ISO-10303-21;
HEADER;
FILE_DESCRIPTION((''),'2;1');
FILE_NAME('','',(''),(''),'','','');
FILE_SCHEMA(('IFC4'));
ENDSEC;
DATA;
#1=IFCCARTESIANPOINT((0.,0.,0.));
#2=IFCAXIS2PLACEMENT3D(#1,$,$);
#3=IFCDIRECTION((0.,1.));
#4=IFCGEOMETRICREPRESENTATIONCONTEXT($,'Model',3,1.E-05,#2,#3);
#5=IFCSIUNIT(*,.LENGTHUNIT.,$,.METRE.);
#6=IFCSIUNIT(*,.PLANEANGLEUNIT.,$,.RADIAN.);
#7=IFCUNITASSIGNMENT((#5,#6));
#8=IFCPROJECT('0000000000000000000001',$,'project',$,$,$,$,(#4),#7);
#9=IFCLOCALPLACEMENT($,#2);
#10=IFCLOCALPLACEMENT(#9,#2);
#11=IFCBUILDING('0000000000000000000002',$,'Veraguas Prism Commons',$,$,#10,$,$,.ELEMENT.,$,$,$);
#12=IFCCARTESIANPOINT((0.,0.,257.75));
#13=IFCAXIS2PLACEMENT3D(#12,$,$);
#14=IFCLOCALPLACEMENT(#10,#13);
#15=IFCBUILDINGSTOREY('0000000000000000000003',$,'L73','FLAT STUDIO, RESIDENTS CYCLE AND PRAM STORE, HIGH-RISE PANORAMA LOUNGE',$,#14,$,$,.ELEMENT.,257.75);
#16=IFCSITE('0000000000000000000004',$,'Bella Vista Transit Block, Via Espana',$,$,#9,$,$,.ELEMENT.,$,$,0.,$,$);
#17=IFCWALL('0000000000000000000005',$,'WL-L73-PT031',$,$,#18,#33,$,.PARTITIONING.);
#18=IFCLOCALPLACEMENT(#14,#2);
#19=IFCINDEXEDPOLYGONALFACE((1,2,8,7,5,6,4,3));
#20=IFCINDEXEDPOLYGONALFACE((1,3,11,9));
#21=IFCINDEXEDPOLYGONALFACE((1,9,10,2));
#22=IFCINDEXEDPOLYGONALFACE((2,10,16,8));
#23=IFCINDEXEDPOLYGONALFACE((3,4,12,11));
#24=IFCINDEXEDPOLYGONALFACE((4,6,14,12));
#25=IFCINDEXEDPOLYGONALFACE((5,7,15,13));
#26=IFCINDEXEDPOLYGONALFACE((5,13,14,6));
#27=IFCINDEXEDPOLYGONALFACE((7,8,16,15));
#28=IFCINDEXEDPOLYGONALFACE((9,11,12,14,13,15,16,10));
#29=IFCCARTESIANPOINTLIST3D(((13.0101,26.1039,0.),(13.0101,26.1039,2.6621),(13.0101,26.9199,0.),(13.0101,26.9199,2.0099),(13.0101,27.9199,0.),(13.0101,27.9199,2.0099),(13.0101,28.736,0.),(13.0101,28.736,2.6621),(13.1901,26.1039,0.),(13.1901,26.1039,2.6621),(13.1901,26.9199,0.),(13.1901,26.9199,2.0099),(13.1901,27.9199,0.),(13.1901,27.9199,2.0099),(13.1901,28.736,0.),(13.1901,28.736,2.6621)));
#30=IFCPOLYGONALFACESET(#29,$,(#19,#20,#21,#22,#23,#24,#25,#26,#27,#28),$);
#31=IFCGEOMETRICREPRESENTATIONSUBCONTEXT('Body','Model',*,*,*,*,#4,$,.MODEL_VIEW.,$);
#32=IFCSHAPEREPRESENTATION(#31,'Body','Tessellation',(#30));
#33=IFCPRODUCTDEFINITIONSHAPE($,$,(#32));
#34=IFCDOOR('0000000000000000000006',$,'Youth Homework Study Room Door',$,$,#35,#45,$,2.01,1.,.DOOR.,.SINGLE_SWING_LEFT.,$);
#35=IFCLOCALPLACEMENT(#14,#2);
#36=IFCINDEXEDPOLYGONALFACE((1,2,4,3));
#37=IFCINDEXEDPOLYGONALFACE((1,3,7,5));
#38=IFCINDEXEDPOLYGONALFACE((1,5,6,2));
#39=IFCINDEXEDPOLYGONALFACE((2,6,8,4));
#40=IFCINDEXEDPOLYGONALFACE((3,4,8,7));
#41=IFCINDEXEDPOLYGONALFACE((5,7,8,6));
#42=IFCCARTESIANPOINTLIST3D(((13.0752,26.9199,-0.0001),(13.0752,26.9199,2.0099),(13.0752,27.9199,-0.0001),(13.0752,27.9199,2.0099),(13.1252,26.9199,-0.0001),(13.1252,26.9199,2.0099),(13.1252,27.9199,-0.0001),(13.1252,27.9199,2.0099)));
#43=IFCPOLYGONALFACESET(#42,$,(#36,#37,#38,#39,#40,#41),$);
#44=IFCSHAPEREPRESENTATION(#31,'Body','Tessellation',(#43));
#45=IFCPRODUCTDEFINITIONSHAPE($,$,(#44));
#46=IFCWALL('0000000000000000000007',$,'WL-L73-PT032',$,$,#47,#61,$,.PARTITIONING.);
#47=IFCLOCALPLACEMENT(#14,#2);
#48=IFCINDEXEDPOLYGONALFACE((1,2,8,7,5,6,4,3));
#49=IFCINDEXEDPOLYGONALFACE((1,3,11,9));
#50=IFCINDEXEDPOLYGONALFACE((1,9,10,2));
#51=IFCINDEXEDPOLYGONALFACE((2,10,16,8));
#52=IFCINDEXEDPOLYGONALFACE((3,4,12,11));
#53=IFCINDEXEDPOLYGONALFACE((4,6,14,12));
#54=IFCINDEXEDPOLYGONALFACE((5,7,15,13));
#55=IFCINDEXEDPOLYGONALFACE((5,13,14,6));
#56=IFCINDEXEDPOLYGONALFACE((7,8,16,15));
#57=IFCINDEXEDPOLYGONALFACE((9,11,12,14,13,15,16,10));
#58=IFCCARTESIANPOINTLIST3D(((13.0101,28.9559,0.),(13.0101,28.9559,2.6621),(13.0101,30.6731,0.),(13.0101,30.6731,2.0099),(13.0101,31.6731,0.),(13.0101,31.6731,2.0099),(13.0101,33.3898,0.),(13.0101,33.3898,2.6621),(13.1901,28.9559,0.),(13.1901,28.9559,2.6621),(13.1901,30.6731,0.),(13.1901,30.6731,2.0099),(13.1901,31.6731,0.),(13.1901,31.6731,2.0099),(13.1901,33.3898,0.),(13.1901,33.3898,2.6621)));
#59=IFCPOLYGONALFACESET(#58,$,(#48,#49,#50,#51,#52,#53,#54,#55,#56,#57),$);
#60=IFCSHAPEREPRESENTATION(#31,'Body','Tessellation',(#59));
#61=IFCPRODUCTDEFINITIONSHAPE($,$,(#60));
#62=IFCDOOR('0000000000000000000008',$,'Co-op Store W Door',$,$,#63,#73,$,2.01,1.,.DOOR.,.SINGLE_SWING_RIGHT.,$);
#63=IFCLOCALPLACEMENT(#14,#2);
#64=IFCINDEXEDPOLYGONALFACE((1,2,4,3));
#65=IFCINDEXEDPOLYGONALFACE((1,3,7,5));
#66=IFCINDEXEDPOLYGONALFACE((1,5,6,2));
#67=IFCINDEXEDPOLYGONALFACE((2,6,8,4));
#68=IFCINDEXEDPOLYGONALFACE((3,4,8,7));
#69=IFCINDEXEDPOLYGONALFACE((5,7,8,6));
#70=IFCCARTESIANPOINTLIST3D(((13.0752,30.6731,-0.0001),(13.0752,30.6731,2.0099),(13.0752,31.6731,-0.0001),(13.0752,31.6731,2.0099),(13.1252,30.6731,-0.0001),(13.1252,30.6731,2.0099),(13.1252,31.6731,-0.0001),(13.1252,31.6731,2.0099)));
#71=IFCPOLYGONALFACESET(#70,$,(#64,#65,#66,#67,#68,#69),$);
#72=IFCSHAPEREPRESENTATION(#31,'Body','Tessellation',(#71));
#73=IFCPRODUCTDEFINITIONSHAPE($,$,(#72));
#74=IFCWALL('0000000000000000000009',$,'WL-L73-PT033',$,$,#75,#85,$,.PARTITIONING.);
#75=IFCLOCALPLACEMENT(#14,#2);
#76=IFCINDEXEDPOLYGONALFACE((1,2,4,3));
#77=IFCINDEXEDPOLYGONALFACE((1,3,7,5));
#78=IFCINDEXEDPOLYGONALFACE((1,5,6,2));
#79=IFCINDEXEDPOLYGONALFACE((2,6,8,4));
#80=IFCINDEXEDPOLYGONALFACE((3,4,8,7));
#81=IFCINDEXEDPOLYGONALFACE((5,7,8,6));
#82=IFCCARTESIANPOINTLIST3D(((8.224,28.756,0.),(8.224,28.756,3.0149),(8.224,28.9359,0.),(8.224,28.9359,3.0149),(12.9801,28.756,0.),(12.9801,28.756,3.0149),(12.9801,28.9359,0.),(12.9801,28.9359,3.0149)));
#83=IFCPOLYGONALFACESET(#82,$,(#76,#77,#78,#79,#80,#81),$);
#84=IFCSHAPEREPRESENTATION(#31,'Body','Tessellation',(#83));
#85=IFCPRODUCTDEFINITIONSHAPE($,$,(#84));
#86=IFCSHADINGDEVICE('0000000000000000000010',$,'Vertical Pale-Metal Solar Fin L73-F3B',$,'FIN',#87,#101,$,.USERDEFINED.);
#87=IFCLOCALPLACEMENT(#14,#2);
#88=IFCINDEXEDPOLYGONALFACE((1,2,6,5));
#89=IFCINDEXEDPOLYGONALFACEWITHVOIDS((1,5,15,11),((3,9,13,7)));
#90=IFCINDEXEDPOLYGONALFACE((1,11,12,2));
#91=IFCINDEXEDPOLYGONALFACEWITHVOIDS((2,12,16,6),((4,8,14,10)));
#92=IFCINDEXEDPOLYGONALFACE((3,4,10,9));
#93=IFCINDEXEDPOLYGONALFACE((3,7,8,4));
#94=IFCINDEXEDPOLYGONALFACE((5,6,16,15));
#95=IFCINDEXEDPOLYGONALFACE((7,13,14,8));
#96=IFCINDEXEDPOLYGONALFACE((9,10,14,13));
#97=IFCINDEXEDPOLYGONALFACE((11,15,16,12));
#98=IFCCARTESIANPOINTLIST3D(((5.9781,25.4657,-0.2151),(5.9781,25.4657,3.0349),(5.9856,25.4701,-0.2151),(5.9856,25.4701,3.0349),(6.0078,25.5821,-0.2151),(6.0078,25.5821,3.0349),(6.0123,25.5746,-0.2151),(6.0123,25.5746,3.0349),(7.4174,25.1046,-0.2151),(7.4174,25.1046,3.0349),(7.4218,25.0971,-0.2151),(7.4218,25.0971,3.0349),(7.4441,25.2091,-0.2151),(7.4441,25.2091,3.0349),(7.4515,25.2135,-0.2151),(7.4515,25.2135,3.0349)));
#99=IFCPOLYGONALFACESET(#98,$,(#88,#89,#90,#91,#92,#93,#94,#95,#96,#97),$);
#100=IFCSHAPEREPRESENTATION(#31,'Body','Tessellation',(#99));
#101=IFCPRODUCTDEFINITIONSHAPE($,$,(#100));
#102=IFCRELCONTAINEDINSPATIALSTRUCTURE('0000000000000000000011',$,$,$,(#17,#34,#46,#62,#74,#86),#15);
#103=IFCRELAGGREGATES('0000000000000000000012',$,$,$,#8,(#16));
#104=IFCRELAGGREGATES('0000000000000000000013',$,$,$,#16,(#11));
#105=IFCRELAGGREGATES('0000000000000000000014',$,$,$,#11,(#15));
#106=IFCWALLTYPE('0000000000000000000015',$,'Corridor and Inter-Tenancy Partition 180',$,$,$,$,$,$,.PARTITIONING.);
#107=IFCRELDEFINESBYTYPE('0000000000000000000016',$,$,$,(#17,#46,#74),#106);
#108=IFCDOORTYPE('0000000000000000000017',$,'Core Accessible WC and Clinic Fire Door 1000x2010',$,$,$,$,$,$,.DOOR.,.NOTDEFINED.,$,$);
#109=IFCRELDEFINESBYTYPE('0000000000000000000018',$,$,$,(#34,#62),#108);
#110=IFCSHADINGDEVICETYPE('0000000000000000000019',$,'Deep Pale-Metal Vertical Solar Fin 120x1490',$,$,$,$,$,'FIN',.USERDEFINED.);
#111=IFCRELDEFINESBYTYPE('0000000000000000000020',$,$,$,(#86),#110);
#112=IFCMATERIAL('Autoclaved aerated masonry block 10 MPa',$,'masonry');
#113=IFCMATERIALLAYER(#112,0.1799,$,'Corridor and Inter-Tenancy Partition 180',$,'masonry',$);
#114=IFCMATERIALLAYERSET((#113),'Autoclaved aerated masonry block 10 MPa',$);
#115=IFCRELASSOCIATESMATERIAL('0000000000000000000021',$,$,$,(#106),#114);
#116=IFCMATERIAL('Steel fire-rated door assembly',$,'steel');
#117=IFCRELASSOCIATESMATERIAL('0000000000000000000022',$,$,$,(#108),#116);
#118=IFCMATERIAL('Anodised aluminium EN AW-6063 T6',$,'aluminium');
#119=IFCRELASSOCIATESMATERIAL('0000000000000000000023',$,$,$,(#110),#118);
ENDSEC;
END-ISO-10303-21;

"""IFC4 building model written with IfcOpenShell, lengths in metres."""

from ifc_helpers import new_model, si_unit, direction, frame, frame_2d, origin, origin_2d, place, context, subcontext, project, spatial, rectangle, hollow_rectangle, extrude, source, transform, mapped, material, layer, layer_set, material_profile, profile_set, type_object, element, fill, save


model = new_model("IFC4")

# Units and contexts
model_context = context("Model", 3, precision=1e-05, world=origin(), true_north=direction((0.0, 1.0)))
body_context = subcontext(model_context, "Body", "Model", "MODEL_VIEW")
ifc_project = project(units=[si_unit("LENGTHUNIT", "METRE"), si_unit("PLANEANGLEUNIT", "RADIAN")], contexts=[model_context])

# Site, building, storey
site_placement = place(None, origin())
site = spatial("IfcSite", under=ifc_project, at=site_placement, Name="Bella Vista Transit Block, Via Espana", CompositionType="ELEMENT", RefElevation=0.0)
building_placement = place(site_placement, origin())
building = spatial("IfcBuilding", under=site, at=building_placement, Name="Veraguas Prism Commons", CompositionType="ELEMENT")
storey_placement = place(building_placement, frame((0.0, 0.0, 257.75)))
storey = spatial("IfcBuildingStorey", under=building, at=storey_placement, Name="L73", Description="FLAT STUDIO, RESIDENTS CYCLE AND PRAM STORE, HIGH-RISE PANORAMA LOUNGE", CompositionType="ELEMENT", Elevation=257.75)

# Shared definitions
ifc_material_1 = material(Name="Anodised aluminium EN AW-6063 T6", Category="aluminium")

# Shared definitions
ifc_material_2 = material(Name="Autoclaved aerated masonry block 10 MPa", Category="masonry")
ifc_layer_1 = layer(ifc_material_2, 0.1799, Name="Corridor and Inter-Tenancy Partition 180", Category="masonry")
ifc_layer_set_1 = layer_set([ifc_layer_1], Name="Autoclaved aerated masonry block 10 MPa")
wall_type = type_object("IfcWallType", Name="Corridor and Inter-Tenancy Partition 180", PredefinedType="PARTITIONING", material=ifc_layer_set_1)

# Walls, openings, doors
wall_1_placement = place(storey_placement, frame((13.1001, 26.104, 0.0), z_axis=(0.0, 0.0, 1.0), x_axis=(0.0, 1.0, 0.0)))
wall_1 = element("IfcWall", 1, at=wall_1_placement, inside=storey, type_object=wall_type, Name="WL-L73-PT031", PredefinedType="PARTITIONING", context=body_context, shape_type="SweptSolid", body=[
    extrude(rectangle(XDim=2.6321, YDim=0.1799, at=frame_2d((1.3159, 0.0))), origin(), (0.0, 0.0, 1.0), 2.6621),
])
opening_1_placement = place(wall_1_placement, frame((0.8159, 0.0, 0.0)))
opening_1 = element("IfcOpeningElement", 2, at=opening_1_placement, cuts=wall_1, PredefinedType="OPENING", context=body_context, shape_type="SweptSolid", body=[
    extrude(rectangle(XDim=1.0, YDim=2.01, at=frame_2d((0.5, 1.0049))), frame((0.0, 0.0999, 0.0), z_axis=(0.0, -1.0, 0.0), x_axis=(1.0, 0.0, 0.0)), (0.0, 0.0, 1.0), 0.2),
])
ifc_material_3 = material(Name="Steel fire-rated door assembly", Category="steel")
door_type = type_object("IfcDoorType", Name="Core Accessible WC and Clinic Fire Door 1000x2010", OperationType="NOTDEFINED", PredefinedType="DOOR", material=ifc_material_3)
shared_shape_1 = source(origin(), body_context, "Body", "SweptSolid", [
    extrude(rectangle(XDim=1.0, YDim=2.01, at=frame_2d((0.5, 1.0049))), frame((0.0, 0.0249, 0.0), z_axis=(0.0, -1.0, 0.0), x_axis=(1.0, 0.0, 0.0)), (0.0, 0.0, 1.0), 0.05),
])
door_1_placement = place(opening_1_placement, origin())
door_1 = element("IfcDoor", 3, at=door_1_placement, inside=storey, type_object=door_type, Name="Youth Homework Study Room Door", OperationType="SINGLE_SWING_LEFT", OverallHeight=2.01, OverallWidth=1.0, PredefinedType="DOOR", context=body_context, shape_type="MappedRepresentation", body=[
    mapped(shared_shape_1, transform((0.0, 0.0, 0.0), scale=1.0)),
])
fill(opening_1, door_1)
wall_2_placement = place(storey_placement, frame((13.1001, 28.9561, 0.0), z_axis=(0.0, 0.0, 1.0), x_axis=(0.0, 1.0, 0.0)))
wall_2 = element("IfcWall", 4, at=wall_2_placement, inside=storey, type_object=wall_type, Name="WL-L73-PT032", PredefinedType="PARTITIONING", context=body_context, shape_type="SweptSolid", body=[
    extrude(rectangle(XDim=4.4338, YDim=0.1799, at=frame_2d((2.2168, 0.0))), origin(), (0.0, 0.0, 1.0), 2.6621),
])
opening_2_placement = place(wall_2_placement, frame((1.717, 0.0, 0.0)))
opening_2 = element("IfcOpeningElement", 5, at=opening_2_placement, cuts=wall_2, PredefinedType="OPENING", context=body_context, shape_type="SweptSolid", body=[
    extrude(rectangle(XDim=1.0, YDim=2.01, at=frame_2d((0.5, 1.0049))), frame((0.0, 0.0999, 0.0), z_axis=(0.0, -1.0, 0.0), x_axis=(1.0, 0.0, 0.0)), (0.0, 0.0, 1.0), 0.2),
])
door_2_placement = place(opening_2_placement, origin())
door_2 = element("IfcDoor", 6, at=door_2_placement, inside=storey, type_object=door_type, Name="Co-op Store W Door", OperationType="SINGLE_SWING_RIGHT", OverallHeight=2.01, OverallWidth=1.0, PredefinedType="DOOR", context=body_context, shape_type="MappedRepresentation", body=[
    mapped(shared_shape_1, transform((0.0, 0.0, 0.0), scale=1.0)),
])
fill(opening_2, door_2)

# Wall
wall_3_placement = place(storey_placement, frame((12.98, 28.8459, 0.0), z_axis=(0.0, 0.0, 1.0), x_axis=(-1.0, 0.0, 0.0)))
element("IfcWall", 7, at=wall_3_placement, inside=storey, type_object=wall_type, Name="WL-L73-PT033", PredefinedType="PARTITIONING", context=body_context, shape_type="SweptSolid", body=[
    extrude(rectangle(XDim=4.7561, YDim=0.1799, at=frame_2d((2.3779, 0.0))), origin(), (0.0, 0.0, 1.0), 3.0149),
])

# Shading device
ifc_material_profile_1 = material_profile(ifc_material_1, hollow_rectangle(XDim=0.1201, YDim=1.49, WallThickness=0.0061, at=origin_2d()), Name="FIN120X1490X6")
ifc_profile_set_1 = profile_set([ifc_material_profile_1], Name="Anodised aluminium EN AW-6063 T6")
shading_device_type = type_object("IfcShadingDeviceType", Name="Deep Pale-Metal Vertical Solar Fin 120x1490", ElementType="FIN", PredefinedType="USERDEFINED", material=ifc_profile_set_1)
shading_device_placement = place(storey_placement, frame((6.7148, 25.3396, -0.2151), z_axis=(0.0, 0.0, 1.0), x_axis=(-0.247334, -0.96893, 0.0)))
element("IfcShadingDevice", 8, at=shading_device_placement, inside=storey, type_object=shading_device_type, Name="Vertical Pale-Metal Solar Fin L73-F3B", ObjectType="FIN", PredefinedType="USERDEFINED", context=body_context, shape_type="SweptSolid", body=[
    extrude(hollow_rectangle(XDim=0.1201, YDim=1.49, WallThickness=0.0061, at=origin_2d()), origin(), (0.0, 0.0, 1.0), 3.25),
])

save(model, "model.ifc")
